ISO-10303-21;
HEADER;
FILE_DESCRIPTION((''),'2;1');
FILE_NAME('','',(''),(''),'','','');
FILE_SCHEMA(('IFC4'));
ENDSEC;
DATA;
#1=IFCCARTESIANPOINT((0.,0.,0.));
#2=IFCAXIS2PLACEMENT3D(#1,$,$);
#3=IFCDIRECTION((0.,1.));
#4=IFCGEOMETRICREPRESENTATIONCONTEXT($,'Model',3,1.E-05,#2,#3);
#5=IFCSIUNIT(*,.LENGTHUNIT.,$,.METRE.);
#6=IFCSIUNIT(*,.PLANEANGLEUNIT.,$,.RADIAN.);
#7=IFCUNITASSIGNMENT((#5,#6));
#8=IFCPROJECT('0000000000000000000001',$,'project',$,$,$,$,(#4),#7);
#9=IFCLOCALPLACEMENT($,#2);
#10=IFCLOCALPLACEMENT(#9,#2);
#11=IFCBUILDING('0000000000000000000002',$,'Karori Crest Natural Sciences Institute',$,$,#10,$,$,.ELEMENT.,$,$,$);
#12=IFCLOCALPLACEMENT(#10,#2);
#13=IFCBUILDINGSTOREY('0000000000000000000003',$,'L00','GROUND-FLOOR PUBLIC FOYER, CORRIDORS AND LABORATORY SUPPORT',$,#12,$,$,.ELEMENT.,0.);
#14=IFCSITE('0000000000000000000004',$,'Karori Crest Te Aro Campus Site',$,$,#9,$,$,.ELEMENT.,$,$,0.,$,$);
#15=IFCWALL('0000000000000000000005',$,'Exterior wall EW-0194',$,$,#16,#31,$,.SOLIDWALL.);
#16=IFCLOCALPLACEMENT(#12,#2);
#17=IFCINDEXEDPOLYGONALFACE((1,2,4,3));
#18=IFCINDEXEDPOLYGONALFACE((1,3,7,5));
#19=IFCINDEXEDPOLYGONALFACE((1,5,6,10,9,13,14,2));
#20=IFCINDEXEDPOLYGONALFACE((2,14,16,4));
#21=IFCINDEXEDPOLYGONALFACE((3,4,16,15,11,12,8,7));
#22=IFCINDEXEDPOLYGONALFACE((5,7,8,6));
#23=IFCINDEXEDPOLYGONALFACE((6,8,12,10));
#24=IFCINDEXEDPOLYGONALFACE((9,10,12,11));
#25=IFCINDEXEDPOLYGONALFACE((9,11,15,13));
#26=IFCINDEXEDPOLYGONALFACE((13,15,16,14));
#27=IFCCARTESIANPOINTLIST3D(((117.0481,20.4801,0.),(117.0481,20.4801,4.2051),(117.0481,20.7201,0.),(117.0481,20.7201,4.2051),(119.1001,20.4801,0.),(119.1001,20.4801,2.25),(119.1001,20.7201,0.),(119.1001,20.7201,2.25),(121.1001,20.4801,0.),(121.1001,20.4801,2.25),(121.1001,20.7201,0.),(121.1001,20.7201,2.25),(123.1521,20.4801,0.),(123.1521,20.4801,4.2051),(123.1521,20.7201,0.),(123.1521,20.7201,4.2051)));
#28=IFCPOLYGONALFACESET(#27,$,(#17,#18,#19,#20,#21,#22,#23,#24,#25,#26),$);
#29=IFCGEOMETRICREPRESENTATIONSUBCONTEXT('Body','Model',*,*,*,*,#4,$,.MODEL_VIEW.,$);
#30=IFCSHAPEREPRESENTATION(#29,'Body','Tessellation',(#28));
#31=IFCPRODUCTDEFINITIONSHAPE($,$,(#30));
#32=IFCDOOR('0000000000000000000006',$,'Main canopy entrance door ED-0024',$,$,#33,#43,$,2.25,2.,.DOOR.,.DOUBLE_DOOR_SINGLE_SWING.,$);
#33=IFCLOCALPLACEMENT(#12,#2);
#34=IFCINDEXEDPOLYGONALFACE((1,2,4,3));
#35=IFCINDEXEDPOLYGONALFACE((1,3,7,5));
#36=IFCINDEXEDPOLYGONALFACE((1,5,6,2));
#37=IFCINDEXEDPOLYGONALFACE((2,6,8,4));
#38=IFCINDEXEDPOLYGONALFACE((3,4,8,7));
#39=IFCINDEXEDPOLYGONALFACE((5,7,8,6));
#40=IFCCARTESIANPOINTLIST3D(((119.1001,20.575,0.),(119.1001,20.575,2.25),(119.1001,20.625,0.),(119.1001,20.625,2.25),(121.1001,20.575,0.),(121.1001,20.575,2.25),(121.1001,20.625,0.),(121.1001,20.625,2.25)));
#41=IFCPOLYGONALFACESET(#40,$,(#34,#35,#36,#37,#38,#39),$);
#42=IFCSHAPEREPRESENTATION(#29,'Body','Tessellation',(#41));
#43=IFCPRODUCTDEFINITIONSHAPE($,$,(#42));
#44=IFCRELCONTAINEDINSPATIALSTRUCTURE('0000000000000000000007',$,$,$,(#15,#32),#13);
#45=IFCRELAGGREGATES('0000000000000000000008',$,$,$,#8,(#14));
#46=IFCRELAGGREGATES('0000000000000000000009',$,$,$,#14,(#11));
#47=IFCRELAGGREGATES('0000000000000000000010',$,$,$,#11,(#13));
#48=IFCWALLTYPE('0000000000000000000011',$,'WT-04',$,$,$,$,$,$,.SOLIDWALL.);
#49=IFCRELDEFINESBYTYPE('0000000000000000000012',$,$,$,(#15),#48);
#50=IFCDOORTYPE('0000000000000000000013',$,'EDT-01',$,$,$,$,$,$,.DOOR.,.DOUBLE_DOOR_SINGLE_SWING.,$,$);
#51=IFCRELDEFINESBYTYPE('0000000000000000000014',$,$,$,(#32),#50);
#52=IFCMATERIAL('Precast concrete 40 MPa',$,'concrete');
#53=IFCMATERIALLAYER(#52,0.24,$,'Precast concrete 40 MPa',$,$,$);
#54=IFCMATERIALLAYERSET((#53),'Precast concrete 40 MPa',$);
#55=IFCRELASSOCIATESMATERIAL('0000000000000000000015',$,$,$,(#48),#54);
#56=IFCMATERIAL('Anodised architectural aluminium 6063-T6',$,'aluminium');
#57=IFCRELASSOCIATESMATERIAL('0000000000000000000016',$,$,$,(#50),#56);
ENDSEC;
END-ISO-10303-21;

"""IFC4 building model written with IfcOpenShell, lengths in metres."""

from ifc_helpers import new_model, si_unit, direction, frame, frame_2d, origin, place, context, subcontext, project, spatial, rectangle, extrude, material, layer, layer_set, type_object, element, fill, save


model = new_model("IFC4")

# Units and contexts
model_context = context("Model", 3, precision=1e-05, world=origin(), true_north=direction((0.0, 1.0)))
body_context = subcontext(model_context, "Body", "Model", "MODEL_VIEW")
ifc_project = project(units=[si_unit("LENGTHUNIT", "METRE"), si_unit("PLANEANGLEUNIT", "RADIAN")], contexts=[model_context])

# Site, building, storey
site_placement = place(None, origin())
site = spatial("IfcSite", under=ifc_project, at=site_placement, Name="Karori Crest Te Aro Campus Site", CompositionType="ELEMENT", RefElevation=0.0)
building_placement = place(site_placement, origin())
building = spatial("IfcBuilding", under=site, at=building_placement, Name="Karori Crest Natural Sciences Institute", CompositionType="ELEMENT")
storey_placement = place(building_placement, origin())
storey = spatial("IfcBuildingStorey", under=building, at=storey_placement, Name="L00", Description="GROUND-FLOOR PUBLIC FOYER, CORRIDORS AND LABORATORY SUPPORT", CompositionType="ELEMENT", Elevation=0.0)

# Shared definitions
ifc_material_1 = material(Name="Anodised architectural aluminium 6063-T6", Category="aluminium")

# Wall, opening, door
ifc_material_2 = material(Name="Precast concrete 40 MPa", Category="concrete")
ifc_layer_1 = layer(ifc_material_2, 0.24, Name="Precast concrete 40 MPa")
ifc_layer_set_1 = layer_set([ifc_layer_1], Name="Precast concrete 40 MPa")
wall_type = type_object("IfcWallType", Name="WT-04", PredefinedType="SOLIDWALL", material=ifc_layer_set_1)
wall_placement = place(storey_placement, frame((117.0481, 20.6001, 0.0), z_axis=(0.0, 0.0, 1.0), x_axis=(1.0, 0.0, 0.0)))
wall = element("IfcWall", 1, at=wall_placement, inside=storey, type_object=wall_type, Name="Exterior wall EW-0194", PredefinedType="SOLIDWALL", context=body_context, shape_type="SweptSolid", body=[
    extrude(rectangle(XDim=6.104, YDim=0.24, at=frame_2d((3.052, 0.0))), origin(), (0.0, 0.0, 1.0), 4.2051),
])
opening_placement = place(wall_placement, frame((2.052, 0.0, 0.0)))
opening = element("IfcOpeningElement", 2, at=opening_placement, cuts=wall, PredefinedType="OPENING", context=body_context, shape_type="SweptSolid", body=[
    extrude(rectangle(XDim=2.0, YDim=2.25, at=frame_2d((1.0, 1.125))), frame((0.0, 0.1299, 0.0), z_axis=(0.0, -1.0, 0.0), x_axis=(1.0, 0.0, 0.0)), (0.0, 0.0, 1.0), 0.26),
])
door_type = type_object("IfcDoorType", Name="EDT-01", OperationType="DOUBLE_DOOR_SINGLE_SWING", PredefinedType="DOOR", material=ifc_material_1)
door_placement = place(opening_placement, origin())
door = element("IfcDoor", 3, at=door_placement, inside=storey, type_object=door_type, Name="Main canopy entrance door ED-0024", OperationType="DOUBLE_DOOR_SINGLE_SWING", OverallHeight=2.25, OverallWidth=2.0, PredefinedType="DOOR", context=body_context, shape_type="SweptSolid", body=[
    extrude(rectangle(XDim=2.0, YDim=2.25, at=frame_2d((1.0, 1.125))), frame((0.0, 0.0249, 0.0), z_axis=(0.0, -1.0, 0.0), x_axis=(1.0, 0.0, 0.0)), (0.0, 0.0, 1.0), 0.05),
])
fill(opening, door)

save(model, "model.ifc")
